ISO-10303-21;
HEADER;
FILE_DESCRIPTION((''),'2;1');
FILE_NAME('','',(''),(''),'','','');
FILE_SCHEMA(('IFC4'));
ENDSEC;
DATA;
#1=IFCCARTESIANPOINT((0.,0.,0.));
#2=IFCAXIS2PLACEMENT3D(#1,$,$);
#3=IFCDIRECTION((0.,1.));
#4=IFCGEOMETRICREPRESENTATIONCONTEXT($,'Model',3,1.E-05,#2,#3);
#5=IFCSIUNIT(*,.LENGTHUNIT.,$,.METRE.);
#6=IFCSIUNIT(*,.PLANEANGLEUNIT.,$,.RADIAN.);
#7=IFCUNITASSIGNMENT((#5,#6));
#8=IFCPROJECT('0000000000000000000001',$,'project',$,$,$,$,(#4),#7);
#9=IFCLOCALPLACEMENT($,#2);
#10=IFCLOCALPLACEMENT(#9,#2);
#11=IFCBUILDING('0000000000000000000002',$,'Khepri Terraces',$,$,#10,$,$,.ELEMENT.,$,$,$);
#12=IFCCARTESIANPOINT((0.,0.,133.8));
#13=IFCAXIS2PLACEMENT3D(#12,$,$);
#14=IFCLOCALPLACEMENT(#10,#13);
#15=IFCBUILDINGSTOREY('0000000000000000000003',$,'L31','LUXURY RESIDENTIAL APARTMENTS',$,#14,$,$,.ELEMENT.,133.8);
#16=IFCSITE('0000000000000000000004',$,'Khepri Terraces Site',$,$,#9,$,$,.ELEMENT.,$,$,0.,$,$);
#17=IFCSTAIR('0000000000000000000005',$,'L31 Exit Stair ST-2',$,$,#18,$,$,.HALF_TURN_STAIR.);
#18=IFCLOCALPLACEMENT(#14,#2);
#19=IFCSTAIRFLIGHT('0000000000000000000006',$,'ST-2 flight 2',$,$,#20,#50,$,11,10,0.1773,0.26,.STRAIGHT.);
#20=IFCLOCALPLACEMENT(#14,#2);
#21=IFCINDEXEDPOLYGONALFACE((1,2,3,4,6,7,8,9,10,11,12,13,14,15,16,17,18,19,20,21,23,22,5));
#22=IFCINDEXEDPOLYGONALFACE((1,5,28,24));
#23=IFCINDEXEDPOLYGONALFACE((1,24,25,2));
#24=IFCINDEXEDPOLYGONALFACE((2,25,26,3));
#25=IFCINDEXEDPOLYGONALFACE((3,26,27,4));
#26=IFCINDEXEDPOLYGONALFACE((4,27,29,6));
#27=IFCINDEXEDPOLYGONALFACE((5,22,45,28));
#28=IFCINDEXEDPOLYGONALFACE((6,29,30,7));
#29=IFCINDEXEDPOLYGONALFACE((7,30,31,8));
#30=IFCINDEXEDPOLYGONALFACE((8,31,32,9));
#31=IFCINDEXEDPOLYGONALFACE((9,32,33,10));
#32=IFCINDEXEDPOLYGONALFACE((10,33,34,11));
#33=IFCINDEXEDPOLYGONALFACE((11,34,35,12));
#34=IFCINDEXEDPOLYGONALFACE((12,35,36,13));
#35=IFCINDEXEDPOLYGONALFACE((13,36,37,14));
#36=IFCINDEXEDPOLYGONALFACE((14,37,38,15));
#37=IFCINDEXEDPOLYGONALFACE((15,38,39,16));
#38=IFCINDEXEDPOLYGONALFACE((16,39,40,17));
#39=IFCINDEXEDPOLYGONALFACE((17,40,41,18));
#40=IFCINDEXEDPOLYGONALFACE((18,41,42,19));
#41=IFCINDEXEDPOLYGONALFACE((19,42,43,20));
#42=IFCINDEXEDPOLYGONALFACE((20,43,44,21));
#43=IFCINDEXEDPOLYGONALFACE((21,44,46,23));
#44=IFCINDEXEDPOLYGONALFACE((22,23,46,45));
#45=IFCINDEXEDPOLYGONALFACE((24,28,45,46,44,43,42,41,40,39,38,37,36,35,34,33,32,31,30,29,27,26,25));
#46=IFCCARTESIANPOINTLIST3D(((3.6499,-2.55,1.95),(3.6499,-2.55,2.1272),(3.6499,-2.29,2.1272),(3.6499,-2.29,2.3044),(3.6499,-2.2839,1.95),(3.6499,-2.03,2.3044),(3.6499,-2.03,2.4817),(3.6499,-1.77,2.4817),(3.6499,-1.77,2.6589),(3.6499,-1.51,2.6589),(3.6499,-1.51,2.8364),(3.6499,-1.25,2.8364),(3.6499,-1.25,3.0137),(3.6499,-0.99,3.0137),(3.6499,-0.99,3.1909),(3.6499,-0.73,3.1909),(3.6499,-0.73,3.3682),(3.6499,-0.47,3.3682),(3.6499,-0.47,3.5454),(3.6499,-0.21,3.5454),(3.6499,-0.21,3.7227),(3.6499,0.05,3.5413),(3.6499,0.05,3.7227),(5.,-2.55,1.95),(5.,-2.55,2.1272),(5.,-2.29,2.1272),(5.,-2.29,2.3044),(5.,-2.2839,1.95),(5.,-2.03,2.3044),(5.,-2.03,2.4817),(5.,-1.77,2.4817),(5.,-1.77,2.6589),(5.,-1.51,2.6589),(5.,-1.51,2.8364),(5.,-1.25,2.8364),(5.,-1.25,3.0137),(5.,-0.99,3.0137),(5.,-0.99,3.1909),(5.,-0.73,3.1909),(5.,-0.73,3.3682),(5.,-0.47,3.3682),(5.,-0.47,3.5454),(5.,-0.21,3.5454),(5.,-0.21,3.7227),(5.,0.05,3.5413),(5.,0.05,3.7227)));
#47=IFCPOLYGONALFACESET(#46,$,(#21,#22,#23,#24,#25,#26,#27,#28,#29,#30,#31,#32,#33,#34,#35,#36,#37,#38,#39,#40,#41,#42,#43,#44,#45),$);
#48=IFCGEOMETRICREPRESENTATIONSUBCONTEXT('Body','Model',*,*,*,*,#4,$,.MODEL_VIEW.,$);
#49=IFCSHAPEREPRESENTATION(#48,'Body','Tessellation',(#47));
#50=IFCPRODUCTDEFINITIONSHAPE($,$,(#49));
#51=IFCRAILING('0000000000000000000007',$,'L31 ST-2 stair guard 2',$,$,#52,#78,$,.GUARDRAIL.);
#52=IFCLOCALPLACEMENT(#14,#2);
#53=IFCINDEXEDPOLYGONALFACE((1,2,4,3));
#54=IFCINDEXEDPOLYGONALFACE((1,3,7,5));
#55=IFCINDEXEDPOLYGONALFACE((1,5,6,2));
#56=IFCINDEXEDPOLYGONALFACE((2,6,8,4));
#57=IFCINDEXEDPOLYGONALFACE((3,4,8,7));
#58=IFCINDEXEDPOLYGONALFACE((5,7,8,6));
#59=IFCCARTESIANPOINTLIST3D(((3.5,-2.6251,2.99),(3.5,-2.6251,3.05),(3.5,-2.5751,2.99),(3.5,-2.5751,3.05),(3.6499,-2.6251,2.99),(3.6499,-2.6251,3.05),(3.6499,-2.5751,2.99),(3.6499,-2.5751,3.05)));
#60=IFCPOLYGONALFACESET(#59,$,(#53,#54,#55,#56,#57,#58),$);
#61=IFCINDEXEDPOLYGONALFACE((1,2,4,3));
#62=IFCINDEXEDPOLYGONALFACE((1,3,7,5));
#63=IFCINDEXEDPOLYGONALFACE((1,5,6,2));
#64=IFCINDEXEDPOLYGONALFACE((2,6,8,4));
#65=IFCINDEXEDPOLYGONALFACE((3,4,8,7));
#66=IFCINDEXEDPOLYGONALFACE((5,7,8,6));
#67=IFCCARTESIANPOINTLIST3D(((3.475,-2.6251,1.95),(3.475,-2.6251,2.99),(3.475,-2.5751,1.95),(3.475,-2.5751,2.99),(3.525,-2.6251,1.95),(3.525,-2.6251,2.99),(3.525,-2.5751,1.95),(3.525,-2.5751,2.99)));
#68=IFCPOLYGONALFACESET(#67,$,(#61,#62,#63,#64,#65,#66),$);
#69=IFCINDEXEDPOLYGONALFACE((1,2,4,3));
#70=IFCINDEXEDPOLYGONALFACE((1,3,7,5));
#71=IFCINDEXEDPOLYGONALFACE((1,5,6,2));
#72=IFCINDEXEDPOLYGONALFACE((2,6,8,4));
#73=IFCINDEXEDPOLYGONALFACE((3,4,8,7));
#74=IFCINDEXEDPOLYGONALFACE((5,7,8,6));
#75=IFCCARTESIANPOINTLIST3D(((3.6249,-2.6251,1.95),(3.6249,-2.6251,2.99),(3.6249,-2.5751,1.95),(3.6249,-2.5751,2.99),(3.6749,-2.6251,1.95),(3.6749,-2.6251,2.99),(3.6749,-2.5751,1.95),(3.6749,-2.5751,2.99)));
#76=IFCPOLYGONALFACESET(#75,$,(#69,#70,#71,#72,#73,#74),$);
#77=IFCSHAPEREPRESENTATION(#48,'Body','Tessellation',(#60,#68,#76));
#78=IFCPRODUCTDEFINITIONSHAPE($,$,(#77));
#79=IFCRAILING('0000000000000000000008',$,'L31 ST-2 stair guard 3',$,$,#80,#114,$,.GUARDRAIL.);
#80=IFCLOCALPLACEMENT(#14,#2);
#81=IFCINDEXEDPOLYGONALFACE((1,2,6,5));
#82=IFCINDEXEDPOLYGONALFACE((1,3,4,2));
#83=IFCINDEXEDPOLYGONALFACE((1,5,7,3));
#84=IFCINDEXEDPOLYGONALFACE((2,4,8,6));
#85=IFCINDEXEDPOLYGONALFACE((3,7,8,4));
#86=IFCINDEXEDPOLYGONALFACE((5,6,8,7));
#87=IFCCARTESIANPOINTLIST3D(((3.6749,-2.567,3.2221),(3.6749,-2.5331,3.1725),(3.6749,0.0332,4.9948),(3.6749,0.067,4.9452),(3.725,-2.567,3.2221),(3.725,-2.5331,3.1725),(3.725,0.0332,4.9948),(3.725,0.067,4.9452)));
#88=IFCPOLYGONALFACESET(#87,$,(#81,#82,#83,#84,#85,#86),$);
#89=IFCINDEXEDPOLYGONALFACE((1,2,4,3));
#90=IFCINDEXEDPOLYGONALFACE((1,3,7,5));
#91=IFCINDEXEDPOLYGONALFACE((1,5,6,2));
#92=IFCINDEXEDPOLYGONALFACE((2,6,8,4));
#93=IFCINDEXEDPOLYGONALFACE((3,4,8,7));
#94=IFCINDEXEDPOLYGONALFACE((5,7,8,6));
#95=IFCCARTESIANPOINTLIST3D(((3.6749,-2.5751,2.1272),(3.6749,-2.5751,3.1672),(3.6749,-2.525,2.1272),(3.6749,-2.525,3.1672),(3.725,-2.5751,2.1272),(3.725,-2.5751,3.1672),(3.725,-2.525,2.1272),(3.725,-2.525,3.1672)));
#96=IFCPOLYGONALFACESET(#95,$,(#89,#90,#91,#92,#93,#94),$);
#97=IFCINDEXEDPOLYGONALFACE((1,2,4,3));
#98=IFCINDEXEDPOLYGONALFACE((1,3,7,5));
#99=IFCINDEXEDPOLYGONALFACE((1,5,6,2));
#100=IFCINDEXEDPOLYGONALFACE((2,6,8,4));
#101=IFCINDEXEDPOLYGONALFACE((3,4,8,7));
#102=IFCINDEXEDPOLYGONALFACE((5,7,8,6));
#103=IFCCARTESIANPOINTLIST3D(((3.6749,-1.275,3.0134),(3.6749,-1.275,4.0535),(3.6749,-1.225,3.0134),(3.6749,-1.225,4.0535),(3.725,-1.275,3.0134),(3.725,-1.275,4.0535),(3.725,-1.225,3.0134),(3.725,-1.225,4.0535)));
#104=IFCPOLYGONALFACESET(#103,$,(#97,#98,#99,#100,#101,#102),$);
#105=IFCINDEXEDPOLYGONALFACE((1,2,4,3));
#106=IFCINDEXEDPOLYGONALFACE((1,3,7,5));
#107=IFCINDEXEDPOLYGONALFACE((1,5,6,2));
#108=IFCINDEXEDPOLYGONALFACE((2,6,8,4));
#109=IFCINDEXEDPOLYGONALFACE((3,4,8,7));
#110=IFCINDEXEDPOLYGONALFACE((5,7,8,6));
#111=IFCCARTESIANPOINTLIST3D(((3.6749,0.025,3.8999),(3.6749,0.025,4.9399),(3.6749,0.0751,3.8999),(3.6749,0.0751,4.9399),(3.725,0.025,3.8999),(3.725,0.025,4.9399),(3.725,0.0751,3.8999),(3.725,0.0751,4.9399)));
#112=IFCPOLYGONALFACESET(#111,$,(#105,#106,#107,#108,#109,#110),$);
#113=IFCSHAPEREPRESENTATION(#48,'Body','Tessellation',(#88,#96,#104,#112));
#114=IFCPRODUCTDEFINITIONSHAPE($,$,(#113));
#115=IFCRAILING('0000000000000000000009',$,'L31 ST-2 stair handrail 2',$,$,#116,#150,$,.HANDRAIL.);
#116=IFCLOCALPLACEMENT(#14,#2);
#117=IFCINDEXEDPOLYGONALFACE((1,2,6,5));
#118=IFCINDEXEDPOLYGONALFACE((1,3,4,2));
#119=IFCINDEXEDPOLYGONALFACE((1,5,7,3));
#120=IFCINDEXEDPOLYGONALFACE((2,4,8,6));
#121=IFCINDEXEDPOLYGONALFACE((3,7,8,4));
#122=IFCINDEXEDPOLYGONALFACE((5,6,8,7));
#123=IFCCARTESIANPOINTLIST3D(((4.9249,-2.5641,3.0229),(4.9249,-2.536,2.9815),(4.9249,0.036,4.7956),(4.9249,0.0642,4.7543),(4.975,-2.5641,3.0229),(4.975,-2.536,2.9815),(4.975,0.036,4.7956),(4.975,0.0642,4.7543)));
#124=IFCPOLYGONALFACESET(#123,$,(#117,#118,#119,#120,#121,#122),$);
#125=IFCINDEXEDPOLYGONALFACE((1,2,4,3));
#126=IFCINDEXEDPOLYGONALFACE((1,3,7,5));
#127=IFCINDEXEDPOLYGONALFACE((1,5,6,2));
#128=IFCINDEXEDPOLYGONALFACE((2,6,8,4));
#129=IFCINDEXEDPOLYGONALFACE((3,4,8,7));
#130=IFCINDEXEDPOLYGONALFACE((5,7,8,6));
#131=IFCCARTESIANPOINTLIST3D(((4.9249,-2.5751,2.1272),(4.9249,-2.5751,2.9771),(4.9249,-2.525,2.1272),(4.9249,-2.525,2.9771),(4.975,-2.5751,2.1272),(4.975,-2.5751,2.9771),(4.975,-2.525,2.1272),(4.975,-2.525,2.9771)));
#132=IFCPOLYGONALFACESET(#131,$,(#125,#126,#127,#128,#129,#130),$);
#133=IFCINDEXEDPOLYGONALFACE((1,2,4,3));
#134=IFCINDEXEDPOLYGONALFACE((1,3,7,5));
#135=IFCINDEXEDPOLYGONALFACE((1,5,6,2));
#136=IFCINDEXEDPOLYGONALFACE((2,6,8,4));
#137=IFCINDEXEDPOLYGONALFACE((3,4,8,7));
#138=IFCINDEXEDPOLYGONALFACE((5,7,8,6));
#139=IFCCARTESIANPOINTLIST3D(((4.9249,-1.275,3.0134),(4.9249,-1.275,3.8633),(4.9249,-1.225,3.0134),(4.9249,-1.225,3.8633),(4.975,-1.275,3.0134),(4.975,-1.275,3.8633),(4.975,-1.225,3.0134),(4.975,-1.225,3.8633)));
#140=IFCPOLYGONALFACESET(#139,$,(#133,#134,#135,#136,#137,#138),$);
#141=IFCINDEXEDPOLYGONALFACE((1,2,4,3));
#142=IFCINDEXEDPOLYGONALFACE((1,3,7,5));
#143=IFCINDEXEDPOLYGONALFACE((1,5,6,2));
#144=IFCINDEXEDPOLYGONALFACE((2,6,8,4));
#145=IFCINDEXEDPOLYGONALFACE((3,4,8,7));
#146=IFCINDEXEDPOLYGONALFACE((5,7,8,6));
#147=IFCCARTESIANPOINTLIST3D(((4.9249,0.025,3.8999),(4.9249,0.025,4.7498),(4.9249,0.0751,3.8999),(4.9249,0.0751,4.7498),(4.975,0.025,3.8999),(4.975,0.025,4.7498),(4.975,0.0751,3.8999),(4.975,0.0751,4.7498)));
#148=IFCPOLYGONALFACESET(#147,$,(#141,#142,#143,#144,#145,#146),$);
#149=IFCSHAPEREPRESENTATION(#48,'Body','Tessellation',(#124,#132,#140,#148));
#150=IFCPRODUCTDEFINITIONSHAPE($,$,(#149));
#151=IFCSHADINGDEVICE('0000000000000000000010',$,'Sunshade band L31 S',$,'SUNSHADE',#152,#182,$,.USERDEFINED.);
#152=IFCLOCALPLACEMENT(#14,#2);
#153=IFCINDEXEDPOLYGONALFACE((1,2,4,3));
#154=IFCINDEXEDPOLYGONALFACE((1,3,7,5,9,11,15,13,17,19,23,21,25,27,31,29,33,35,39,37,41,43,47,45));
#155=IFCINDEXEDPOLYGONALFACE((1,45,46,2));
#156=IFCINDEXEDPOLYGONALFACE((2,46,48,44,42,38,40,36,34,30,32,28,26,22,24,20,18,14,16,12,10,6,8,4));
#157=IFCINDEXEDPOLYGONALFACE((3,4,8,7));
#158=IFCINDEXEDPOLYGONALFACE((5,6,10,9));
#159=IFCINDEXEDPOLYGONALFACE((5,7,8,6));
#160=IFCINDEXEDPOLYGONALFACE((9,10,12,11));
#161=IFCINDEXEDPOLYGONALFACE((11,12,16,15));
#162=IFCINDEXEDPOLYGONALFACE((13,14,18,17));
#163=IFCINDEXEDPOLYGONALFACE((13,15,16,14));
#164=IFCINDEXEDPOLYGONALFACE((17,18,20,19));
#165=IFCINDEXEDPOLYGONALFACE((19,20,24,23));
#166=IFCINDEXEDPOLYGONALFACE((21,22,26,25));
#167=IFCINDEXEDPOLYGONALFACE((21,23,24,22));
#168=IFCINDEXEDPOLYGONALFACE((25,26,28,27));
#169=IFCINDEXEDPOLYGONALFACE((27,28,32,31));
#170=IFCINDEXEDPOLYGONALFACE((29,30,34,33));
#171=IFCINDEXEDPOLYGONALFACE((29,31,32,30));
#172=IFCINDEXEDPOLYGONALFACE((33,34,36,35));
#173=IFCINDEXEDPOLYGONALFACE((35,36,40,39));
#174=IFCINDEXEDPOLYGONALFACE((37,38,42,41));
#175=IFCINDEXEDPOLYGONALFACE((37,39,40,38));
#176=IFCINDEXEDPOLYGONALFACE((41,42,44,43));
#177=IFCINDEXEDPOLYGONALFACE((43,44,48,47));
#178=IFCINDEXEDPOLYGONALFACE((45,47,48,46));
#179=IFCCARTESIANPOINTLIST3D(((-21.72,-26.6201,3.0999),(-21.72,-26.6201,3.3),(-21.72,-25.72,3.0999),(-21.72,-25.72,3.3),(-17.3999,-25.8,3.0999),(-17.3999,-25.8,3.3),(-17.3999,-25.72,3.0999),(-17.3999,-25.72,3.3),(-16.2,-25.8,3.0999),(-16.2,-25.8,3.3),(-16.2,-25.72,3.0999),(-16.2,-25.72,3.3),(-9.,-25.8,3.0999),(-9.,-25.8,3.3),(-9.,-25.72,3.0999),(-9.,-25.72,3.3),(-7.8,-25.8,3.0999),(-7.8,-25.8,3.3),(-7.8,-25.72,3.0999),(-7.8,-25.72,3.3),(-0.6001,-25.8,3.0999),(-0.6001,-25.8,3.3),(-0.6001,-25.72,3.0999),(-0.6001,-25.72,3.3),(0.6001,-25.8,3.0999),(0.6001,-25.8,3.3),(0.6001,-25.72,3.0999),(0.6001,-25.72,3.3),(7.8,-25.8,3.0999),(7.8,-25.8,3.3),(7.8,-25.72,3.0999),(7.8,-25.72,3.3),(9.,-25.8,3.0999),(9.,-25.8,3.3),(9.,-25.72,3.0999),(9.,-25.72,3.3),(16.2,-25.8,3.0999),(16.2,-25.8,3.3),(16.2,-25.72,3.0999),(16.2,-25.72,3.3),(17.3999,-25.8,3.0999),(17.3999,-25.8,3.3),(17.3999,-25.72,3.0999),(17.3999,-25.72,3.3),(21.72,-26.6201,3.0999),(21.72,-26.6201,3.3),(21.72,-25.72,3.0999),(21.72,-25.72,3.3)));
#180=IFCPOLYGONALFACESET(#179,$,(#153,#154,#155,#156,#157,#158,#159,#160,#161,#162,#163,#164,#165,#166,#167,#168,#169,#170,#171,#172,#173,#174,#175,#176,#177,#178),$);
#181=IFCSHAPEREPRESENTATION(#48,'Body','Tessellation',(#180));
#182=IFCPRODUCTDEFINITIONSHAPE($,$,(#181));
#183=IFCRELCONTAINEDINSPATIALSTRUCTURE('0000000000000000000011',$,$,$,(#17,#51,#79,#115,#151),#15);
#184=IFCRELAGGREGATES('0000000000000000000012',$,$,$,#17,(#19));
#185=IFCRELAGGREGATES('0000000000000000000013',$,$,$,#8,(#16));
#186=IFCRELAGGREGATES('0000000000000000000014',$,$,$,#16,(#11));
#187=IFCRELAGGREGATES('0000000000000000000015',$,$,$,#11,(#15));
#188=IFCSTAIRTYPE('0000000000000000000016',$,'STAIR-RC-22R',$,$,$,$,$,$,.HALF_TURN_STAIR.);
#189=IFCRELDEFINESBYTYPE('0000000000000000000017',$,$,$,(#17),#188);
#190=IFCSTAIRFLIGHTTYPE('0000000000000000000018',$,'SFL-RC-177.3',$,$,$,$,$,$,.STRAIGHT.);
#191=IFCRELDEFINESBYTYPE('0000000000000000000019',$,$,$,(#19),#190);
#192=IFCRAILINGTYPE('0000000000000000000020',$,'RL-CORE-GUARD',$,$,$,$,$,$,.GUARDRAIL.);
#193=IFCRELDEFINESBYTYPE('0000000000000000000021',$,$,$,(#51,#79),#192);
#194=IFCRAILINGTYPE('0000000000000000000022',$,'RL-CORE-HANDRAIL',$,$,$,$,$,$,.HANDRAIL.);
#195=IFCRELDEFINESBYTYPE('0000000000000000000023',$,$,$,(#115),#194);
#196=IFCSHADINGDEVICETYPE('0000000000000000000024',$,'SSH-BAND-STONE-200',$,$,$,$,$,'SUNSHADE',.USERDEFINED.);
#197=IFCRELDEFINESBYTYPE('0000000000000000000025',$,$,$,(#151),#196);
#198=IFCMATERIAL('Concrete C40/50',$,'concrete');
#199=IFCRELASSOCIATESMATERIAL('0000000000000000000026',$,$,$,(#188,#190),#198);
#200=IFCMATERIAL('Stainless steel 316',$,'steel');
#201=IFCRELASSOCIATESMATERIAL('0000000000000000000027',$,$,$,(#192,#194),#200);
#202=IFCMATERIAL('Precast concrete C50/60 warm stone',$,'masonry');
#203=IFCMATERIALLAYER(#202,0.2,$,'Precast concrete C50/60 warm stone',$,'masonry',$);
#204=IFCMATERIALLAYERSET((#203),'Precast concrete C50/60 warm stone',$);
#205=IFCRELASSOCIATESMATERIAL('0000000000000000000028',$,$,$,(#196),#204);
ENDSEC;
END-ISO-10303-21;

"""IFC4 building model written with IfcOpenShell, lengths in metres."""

from ifc_helpers import new_model, si_unit, direction, frame, origin, origin_2d, place, context, subcontext, project, spatial, polyline, rectangle, outline, extrude, material, layer, layer_set, type_object, element, aggregate, save


model = new_model("IFC4")

# Units and contexts
model_context = context("Model", 3, precision=1e-05, world=origin(), true_north=direction((0.0, 1.0)))
body_context = subcontext(model_context, "Body", "Model", "MODEL_VIEW")
ifc_project = project(units=[si_unit("LENGTHUNIT", "METRE"), si_unit("PLANEANGLEUNIT", "RADIAN")], contexts=[model_context])

# Site, building, storey
site_placement = place(None, origin())
site = spatial("IfcSite", under=ifc_project, at=site_placement, Name="Khepri Terraces Site", CompositionType="ELEMENT", RefElevation=0.0)
building_placement = place(site_placement, origin())
building = spatial("IfcBuilding", under=site, at=building_placement, Name="Khepri Terraces", CompositionType="ELEMENT")
storey_placement = place(building_placement, frame((0.0, 0.0, 133.8)))
storey = spatial("IfcBuildingStorey", under=building, at=storey_placement, Name="L31", Description="LUXURY RESIDENTIAL APARTMENTS", CompositionType="ELEMENT", Elevation=133.8)

# Shared definitions
ifc_material_1 = material(Name="Concrete C40/50", Category="concrete")
ifc_material_2 = material(Name="Precast concrete C50/60 warm stone", Category="masonry")

# Stair, stair flight
stair_type = type_object("IfcStairType", Name="STAIR-RC-22R", PredefinedType="HALF_TURN_STAIR", material=ifc_material_1)
stair_placement = place(storey_placement, origin())
stair = element("IfcStair", 1, at=stair_placement, inside=storey, type_object=stair_type, Name="L31 Exit Stair ST-2", PredefinedType="HALF_TURN_STAIR")
stair_flight_type = type_object("IfcStairFlightType", Name="SFL-RC-177.3", PredefinedType="STRAIGHT", material=ifc_material_1)
stair_flight_placement = place(storey_placement, frame((4.325, -2.55, 1.95), z_axis=(0.0, 0.0, 1.0), x_axis=(0.0, 1.0, 0.0)))
stair_flight = element("IfcStairFlight", 2, at=stair_flight_placement, type_object=stair_flight_type, Name="ST-2 flight 2", NumberOfRisers=11, NumberOfTreads=10, PredefinedType="STRAIGHT", RiserHeight=0.1773, TreadLength=0.26, context=body_context, shape_type="SweptSolid", body=[
    extrude(outline(polyline([(0.0, 0.0), (0.0, 0.1772), (0.26, 0.1772), (0.26, 0.3545), (0.52, 0.3545), (0.52, 0.5317), (0.78, 0.5317), (0.78, 0.709), (1.04, 0.709), (1.04, 0.8865), (1.3, 0.8865), (1.3, 1.0637), (1.5601, 1.0637), (1.5601, 1.241), (1.8201, 1.241), (1.8201, 1.4182), (2.0801, 1.4182), (2.0801, 1.5955), (2.3401, 1.5955), (2.3401, 1.7727), (2.6001, 1.7727), (2.6001, 1.95), (2.6001, 1.5913), (0.2661, 0.0), (0.0, 0.0)])), frame((0.0, 0.675, 0.0), z_axis=(0.0, -1.0, 0.0), x_axis=(1.0, 0.0, 0.0)), (0.0, 0.0, 1.0), 1.3501),
])
aggregate(stair, [stair_flight])

# Railings
ifc_material_3 = material(Name="Stainless steel 316", Category="steel")
railing_type_1 = type_object("IfcRailingType", Name="RL-CORE-GUARD", PredefinedType="GUARDRAIL", material=ifc_material_3)
railing_1_placement = place(storey_placement, frame((3.5, -2.6001, 1.95)))
element("IfcRailing", 3, at=railing_1_placement, inside=storey, type_object=railing_type_1, Name="L31 ST-2 stair guard 2", PredefinedType="GUARDRAIL", context=body_context, shape_type="SweptSolid", body=[
    extrude(rectangle(XDim=0.05, YDim=0.0601, at=origin_2d()), frame((0.0, 0.0, 1.0701), z_axis=(1.0, 0.0, 0.0), x_axis=(0.0, 1.0, 0.0)), (0.0, 0.0, 1.0), 0.1499),
    extrude(rectangle(XDim=0.05, YDim=0.05, at=origin_2d()), origin(), (0.0, 0.0, 1.0), 1.04),
    extrude(rectangle(XDim=0.05, YDim=0.05, at=origin_2d()), frame((0.1499, 0.0, 0.0)), (0.0, 0.0, 1.0), 1.04),
])
railing_2_placement = place(storey_placement, frame((3.7, -2.55, 2.1272)))
element("IfcRailing", 4, at=railing_2_placement, inside=storey, type_object=railing_type_1, Name="L31 ST-2 stair guard 3", PredefinedType="GUARDRAIL", context=body_context, shape_type="SweptSolid", body=[
    extrude(rectangle(XDim=0.05, YDim=0.0601, at=origin_2d()), frame((0.0, 0.0, 1.0701), z_axis=(0.0, 0.82624, 0.563318), x_axis=(-1.0, 0.0, 0.0)), (0.0, 0.0, 1.0), 3.147),
    extrude(rectangle(XDim=0.05, YDim=0.05, at=origin_2d()), origin(), (0.0, 0.0, 1.0), 1.04),
    extrude(rectangle(XDim=0.05, YDim=0.05, at=origin_2d()), frame((0.0, 1.3, 0.8862)), (0.0, 0.0, 1.0), 1.04),
    extrude(rectangle(XDim=0.05, YDim=0.05, at=origin_2d()), frame((0.0, 2.6001, 1.7727)), (0.0, 0.0, 1.0), 1.04),
])
railing_type_2 = type_object("IfcRailingType", Name="RL-CORE-HANDRAIL", PredefinedType="HANDRAIL", material=ifc_material_3)
railing_3_placement = place(storey_placement, frame((4.95, -2.55, 2.1272)))
element("IfcRailing", 5, at=railing_3_placement, inside=storey, type_object=railing_type_2, Name="L31 ST-2 stair handrail 2", PredefinedType="HANDRAIL", context=body_context, shape_type="SweptSolid", body=[
    extrude(rectangle(XDim=0.05, YDim=0.05, at=origin_2d()), frame((0.0, 0.0, 0.875), z_axis=(0.0, 0.82624, 0.563318), x_axis=(-1.0, 0.0, 0.0)), (0.0, 0.0, 1.0), 3.147),
    extrude(rectangle(XDim=0.05, YDim=0.05, at=origin_2d()), origin(), (0.0, 0.0, 1.0), 0.8499),
    extrude(rectangle(XDim=0.05, YDim=0.05, at=origin_2d()), frame((0.0, 1.3, 0.8862)), (0.0, 0.0, 1.0), 0.8499),
    extrude(rectangle(XDim=0.05, YDim=0.05, at=origin_2d()), frame((0.0, 2.6001, 1.7727)), (0.0, 0.0, 1.0), 0.8499),
])

# Shading device
ifc_layer_1 = layer(ifc_material_2, 0.2, Name="Precast concrete C50/60 warm stone", Category="masonry")
ifc_layer_set_1 = layer_set([ifc_layer_1], Name="Precast concrete C50/60 warm stone")
shading_device_type_1 = type_object("IfcShadingDeviceType", Name="SSH-BAND-STONE-200", ElementType="SUNSHADE", PredefinedType="USERDEFINED", material=ifc_layer_set_1)
shading_device_1_placement = place(storey_placement, frame((0.0, 0.0, 3.0999)))
element("IfcShadingDevice", 6, at=shading_device_1_placement, inside=storey, type_object=shading_device_type_1, Name="Sunshade band L31 S", ObjectType="SUNSHADE", PredefinedType="USERDEFINED", context=body_context, shape_type="SweptSolid", body=[
    extrude(outline(polyline([(-17.3999, -25.72), (-21.72, -25.72), (-21.72, -26.6201), (21.72, -26.6201), (21.72, -25.72), (17.3999, -25.72), (17.3999, -25.8), (16.2, -25.8), (16.2, -25.72), (9.0, -25.72), (9.0, -25.8), (7.8, -25.8), (7.8, -25.72), (0.6001, -25.72), (0.6001, -25.8), (-0.6001, -25.8), (-0.6001, -25.72), (-7.8, -25.72), (-7.8, -25.8), (-9.0, -25.8), (-9.0, -25.72), (-16.2, -25.72), (-16.2, -25.8), (-17.3999, -25.8), (-17.3999, -25.72)])), origin(), (0.0, 0.0, 1.0), 0.2002),
])

save(model, "model.ifc")
